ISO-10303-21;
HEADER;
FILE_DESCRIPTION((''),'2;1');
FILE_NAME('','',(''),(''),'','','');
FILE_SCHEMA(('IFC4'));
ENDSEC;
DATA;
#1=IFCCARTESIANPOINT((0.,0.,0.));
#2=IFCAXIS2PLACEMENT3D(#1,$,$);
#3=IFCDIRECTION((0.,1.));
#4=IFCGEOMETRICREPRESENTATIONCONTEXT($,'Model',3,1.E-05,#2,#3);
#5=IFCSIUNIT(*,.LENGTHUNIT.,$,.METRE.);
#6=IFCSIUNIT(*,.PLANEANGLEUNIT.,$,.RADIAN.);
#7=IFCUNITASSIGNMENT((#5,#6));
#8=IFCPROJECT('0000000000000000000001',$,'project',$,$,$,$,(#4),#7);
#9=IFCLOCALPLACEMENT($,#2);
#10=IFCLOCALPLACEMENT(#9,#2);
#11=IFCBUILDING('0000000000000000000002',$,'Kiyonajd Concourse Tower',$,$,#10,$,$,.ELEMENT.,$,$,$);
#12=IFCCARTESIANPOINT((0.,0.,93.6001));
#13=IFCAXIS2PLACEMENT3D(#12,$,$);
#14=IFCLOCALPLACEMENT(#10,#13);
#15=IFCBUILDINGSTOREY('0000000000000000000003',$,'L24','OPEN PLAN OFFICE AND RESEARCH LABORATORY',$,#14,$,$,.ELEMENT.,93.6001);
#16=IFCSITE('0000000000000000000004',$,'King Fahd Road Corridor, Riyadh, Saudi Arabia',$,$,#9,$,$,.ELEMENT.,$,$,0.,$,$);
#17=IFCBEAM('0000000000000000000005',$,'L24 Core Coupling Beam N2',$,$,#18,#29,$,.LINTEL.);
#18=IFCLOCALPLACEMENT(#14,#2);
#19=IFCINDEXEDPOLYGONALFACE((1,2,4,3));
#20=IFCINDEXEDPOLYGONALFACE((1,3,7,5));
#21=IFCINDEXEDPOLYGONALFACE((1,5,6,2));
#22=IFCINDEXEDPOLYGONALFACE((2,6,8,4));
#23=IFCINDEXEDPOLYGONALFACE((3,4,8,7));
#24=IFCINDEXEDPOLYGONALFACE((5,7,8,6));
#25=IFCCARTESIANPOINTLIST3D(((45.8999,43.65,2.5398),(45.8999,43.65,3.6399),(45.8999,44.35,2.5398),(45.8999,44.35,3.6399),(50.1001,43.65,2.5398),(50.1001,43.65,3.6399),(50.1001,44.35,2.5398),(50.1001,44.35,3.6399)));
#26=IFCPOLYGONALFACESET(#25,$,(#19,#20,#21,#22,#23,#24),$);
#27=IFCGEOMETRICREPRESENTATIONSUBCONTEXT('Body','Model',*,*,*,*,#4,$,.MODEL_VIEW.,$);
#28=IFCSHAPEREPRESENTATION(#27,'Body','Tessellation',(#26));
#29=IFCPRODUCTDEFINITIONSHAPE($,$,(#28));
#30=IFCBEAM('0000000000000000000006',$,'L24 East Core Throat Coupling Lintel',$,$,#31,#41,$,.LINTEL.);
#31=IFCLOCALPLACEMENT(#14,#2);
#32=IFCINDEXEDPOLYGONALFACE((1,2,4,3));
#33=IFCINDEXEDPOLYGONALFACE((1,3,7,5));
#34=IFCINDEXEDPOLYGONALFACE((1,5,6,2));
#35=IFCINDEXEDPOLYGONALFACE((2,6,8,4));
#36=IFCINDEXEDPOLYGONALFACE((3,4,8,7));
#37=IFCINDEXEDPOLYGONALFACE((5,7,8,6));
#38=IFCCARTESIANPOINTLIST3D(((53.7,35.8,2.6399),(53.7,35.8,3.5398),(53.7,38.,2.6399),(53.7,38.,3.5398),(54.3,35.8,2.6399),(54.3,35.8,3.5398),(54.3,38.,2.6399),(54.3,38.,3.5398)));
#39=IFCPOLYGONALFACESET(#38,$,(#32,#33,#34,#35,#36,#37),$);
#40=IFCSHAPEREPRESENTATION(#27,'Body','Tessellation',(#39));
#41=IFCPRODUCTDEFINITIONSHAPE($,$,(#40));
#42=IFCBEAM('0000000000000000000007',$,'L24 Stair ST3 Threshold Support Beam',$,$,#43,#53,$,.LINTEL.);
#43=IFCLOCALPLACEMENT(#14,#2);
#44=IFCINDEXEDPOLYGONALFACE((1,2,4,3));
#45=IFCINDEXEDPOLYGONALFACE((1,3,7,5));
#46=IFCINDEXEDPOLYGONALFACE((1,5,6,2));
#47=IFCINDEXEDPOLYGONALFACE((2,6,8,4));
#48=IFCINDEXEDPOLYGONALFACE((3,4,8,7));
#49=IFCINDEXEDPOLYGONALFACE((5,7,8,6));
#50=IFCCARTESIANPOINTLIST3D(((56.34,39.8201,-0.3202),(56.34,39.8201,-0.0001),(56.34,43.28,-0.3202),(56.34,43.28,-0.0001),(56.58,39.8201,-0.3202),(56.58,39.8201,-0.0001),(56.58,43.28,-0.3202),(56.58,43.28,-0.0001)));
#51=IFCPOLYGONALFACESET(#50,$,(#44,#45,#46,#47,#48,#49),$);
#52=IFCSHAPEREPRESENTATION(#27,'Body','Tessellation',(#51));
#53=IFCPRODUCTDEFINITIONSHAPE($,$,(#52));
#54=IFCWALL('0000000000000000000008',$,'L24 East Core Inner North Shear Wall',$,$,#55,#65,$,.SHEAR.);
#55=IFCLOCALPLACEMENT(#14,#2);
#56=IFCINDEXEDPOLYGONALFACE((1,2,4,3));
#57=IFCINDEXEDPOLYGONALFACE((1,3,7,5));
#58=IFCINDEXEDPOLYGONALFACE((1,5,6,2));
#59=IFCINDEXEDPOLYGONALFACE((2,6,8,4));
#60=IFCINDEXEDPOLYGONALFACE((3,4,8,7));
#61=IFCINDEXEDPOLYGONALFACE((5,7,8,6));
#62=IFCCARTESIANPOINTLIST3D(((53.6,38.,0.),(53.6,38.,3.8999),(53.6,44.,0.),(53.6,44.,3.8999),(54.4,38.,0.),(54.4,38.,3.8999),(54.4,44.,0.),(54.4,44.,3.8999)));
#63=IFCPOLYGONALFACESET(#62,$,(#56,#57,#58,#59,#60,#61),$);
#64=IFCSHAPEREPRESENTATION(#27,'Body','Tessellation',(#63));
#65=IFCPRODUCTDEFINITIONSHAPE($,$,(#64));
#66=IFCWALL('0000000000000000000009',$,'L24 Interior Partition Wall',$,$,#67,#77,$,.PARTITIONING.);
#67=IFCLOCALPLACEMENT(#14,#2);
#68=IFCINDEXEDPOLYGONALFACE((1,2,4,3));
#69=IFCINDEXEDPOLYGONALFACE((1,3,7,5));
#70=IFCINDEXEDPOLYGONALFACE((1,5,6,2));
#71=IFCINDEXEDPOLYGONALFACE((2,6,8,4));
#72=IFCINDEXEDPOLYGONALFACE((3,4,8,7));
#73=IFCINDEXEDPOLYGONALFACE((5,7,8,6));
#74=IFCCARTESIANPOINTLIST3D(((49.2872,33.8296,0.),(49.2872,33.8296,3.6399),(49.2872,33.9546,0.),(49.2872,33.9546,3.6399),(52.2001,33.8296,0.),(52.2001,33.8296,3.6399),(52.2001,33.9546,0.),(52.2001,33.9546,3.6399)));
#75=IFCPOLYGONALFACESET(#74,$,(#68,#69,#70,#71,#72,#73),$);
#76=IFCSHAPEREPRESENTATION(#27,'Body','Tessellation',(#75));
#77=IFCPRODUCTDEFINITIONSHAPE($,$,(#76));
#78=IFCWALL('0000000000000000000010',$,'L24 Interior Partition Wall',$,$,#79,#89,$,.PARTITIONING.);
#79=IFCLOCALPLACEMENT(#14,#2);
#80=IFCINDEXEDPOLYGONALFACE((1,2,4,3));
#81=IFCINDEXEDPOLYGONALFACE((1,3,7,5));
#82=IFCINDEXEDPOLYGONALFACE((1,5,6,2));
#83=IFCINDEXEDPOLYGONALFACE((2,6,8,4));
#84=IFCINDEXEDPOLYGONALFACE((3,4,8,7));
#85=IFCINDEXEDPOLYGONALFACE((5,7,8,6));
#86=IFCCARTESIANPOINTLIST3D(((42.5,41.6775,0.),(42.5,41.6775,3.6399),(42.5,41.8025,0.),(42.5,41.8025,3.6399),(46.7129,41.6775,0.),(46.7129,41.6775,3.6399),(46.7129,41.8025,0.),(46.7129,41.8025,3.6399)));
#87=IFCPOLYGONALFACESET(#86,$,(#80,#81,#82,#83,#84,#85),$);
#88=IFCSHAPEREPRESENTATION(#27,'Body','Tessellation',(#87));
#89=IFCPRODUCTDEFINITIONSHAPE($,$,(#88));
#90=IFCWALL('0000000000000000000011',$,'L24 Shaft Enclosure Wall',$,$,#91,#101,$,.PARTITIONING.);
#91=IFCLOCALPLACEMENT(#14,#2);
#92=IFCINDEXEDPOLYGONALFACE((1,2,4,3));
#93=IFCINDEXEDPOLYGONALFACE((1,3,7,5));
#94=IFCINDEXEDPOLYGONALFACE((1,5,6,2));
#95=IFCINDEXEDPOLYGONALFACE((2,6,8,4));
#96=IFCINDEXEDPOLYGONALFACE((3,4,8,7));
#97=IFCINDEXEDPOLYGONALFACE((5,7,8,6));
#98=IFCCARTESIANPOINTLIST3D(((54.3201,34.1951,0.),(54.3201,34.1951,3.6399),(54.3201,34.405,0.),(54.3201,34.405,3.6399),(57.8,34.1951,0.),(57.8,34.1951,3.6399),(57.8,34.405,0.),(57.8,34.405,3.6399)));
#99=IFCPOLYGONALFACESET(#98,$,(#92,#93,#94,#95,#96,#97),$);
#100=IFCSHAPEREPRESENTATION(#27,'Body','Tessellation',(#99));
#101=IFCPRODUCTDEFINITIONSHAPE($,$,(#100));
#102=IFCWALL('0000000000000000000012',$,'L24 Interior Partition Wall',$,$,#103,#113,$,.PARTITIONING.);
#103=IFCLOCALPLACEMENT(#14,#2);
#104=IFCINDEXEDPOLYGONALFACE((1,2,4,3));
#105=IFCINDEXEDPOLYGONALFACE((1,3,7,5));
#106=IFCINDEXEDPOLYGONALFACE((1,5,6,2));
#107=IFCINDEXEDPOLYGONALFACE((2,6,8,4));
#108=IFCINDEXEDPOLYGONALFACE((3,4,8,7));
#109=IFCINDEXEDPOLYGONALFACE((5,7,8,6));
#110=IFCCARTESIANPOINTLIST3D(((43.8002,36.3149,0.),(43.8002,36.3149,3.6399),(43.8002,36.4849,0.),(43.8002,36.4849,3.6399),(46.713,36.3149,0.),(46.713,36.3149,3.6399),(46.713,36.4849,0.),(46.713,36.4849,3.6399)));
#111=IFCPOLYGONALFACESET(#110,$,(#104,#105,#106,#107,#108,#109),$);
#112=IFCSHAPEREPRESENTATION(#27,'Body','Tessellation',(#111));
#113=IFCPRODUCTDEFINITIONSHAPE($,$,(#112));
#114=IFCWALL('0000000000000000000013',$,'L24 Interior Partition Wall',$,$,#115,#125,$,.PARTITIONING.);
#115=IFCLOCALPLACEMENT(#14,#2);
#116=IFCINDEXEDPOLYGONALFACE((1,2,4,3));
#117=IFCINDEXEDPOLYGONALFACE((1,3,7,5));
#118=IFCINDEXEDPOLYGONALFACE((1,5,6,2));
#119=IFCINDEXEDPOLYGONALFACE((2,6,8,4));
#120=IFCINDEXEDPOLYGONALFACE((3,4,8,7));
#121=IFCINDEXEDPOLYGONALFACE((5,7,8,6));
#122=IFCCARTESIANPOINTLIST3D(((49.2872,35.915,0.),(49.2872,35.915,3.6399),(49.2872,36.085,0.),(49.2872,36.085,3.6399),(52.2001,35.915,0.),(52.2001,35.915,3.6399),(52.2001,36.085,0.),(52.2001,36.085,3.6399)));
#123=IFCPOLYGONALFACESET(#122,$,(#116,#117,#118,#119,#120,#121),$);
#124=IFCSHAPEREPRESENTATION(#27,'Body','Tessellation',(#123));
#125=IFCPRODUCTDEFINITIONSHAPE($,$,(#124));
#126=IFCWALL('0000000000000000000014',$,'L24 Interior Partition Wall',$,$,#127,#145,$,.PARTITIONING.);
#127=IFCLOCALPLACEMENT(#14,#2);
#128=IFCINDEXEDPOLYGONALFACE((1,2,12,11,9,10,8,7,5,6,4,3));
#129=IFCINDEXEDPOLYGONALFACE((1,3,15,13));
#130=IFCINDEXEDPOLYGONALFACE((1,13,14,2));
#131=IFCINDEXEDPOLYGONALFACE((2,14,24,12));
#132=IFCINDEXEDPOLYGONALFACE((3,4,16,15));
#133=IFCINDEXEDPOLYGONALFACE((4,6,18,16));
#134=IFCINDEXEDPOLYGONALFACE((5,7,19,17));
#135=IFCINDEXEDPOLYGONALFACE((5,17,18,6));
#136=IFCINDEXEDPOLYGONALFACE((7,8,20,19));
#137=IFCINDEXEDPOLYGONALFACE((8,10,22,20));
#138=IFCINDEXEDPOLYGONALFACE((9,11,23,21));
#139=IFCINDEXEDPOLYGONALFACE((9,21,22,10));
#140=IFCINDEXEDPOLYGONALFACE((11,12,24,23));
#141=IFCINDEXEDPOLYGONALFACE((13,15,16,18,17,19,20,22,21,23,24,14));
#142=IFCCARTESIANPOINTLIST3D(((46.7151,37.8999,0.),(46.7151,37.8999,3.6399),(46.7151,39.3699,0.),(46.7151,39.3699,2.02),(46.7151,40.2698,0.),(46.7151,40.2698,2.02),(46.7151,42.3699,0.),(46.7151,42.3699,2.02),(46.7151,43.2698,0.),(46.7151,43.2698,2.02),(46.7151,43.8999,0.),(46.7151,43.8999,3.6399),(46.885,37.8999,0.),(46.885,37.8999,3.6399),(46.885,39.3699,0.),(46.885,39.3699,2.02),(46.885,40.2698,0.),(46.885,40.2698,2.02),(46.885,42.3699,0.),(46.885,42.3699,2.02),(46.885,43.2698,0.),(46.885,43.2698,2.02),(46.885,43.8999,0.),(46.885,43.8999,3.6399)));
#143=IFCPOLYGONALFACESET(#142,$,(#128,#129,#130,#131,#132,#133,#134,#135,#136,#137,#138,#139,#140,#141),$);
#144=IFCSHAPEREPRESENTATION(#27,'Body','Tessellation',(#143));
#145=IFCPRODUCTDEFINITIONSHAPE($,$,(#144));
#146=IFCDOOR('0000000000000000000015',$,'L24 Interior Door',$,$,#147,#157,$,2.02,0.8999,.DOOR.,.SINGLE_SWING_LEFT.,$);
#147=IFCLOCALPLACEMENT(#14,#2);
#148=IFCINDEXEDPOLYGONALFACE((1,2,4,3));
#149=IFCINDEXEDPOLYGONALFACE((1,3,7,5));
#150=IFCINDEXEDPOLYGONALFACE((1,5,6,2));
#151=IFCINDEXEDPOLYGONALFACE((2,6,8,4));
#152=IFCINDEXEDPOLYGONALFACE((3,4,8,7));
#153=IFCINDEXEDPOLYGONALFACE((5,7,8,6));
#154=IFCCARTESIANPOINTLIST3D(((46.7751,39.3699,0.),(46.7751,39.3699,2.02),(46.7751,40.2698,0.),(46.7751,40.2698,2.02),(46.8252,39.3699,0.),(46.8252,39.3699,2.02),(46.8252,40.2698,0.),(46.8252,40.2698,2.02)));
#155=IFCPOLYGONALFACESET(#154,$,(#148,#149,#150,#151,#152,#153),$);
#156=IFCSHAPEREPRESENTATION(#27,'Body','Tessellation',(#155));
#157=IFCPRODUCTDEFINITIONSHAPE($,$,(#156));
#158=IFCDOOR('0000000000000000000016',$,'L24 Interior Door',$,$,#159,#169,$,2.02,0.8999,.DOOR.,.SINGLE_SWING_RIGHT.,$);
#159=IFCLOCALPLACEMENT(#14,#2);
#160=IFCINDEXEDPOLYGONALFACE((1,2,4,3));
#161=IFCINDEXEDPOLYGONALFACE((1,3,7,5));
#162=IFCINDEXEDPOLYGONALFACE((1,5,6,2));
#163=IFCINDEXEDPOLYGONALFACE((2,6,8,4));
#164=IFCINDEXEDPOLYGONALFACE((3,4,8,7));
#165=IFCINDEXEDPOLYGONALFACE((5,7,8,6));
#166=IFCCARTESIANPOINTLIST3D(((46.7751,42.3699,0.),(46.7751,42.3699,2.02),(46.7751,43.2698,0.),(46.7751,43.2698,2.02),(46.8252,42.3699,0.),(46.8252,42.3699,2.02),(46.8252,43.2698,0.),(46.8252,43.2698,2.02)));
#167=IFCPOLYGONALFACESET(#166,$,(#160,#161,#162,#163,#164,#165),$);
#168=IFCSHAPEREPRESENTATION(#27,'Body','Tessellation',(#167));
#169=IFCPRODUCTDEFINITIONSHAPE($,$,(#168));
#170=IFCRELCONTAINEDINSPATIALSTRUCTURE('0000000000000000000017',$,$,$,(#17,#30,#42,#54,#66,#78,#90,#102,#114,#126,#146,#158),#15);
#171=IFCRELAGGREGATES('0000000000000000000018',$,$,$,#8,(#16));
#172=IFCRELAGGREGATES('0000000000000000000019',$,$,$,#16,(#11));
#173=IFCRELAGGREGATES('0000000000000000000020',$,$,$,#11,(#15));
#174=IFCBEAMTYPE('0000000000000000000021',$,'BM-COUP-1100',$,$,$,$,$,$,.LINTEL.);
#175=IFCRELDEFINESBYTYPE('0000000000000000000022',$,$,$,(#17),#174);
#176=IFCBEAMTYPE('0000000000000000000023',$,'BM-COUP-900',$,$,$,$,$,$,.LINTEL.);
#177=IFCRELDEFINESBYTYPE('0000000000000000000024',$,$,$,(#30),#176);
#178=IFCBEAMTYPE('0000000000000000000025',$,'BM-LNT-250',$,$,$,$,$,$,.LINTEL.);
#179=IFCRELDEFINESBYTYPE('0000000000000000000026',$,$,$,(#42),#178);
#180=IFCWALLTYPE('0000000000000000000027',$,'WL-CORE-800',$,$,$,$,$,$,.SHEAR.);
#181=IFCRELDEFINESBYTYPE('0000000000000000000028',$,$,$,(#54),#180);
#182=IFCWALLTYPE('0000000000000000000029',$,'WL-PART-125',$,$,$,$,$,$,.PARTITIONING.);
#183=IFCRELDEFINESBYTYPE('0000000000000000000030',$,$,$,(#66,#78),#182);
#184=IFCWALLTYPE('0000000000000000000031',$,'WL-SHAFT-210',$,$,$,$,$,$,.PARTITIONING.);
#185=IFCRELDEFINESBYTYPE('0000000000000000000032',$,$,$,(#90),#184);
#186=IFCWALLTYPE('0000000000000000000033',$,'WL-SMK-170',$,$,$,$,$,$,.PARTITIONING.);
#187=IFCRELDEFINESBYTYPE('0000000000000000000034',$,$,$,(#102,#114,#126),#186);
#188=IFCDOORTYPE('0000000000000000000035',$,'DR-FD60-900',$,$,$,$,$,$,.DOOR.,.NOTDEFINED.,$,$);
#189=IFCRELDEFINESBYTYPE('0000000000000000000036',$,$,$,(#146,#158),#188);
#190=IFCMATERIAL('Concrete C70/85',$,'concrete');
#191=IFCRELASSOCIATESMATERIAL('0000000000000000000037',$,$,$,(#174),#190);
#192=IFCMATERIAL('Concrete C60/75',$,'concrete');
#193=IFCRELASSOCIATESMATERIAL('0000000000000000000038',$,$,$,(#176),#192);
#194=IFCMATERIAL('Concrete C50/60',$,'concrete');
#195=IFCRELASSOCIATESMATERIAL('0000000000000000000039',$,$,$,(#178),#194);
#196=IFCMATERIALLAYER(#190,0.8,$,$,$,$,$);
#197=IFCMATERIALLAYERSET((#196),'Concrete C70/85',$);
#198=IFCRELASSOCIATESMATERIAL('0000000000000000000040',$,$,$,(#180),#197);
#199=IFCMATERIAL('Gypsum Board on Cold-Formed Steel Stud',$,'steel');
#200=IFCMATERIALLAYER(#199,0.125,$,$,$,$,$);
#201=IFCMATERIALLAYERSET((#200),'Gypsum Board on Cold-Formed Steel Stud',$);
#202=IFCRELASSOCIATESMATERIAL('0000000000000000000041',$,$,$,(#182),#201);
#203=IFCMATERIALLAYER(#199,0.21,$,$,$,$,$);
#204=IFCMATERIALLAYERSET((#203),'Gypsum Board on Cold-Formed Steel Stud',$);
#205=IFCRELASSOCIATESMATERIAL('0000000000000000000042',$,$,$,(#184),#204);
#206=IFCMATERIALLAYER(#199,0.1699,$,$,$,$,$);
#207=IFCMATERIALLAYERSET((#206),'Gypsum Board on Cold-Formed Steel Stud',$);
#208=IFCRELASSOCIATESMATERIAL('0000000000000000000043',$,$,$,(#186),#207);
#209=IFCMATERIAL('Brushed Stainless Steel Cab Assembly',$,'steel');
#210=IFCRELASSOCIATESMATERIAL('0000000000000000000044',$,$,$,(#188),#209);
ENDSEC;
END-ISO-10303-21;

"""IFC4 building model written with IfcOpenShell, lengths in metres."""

from ifc_helpers import new_model, si_unit, direction, frame, frame_2d, origin, origin_2d, place, context, subcontext, project, spatial, rectangle, extrude, material, layer, layer_set, material_profile, profile_set, type_object, element, fill, save


model = new_model("IFC4")

# Units and contexts
model_context = context("Model", 3, precision=1e-05, world=origin(), true_north=direction((0.0, 1.0)))
body_context = subcontext(model_context, "Body", "Model", "MODEL_VIEW")
ifc_project = project(units=[si_unit("LENGTHUNIT", "METRE"), si_unit("PLANEANGLEUNIT", "RADIAN")], contexts=[model_context])

# Site, building, storey
site_placement = place(None, origin())
site = spatial("IfcSite", under=ifc_project, at=site_placement, Name="King Fahd Road Corridor, Riyadh, Saudi Arabia", CompositionType="ELEMENT", RefElevation=0.0)
building_placement = place(site_placement, origin())
building = spatial("IfcBuilding", under=site, at=building_placement, Name="Kiyonajd Concourse Tower", CompositionType="ELEMENT")
storey_placement = place(building_placement, frame((0.0, 0.0, 93.6001)))
storey = spatial("IfcBuildingStorey", under=building, at=storey_placement, Name="L24", Description="OPEN PLAN OFFICE AND RESEARCH LABORATORY", CompositionType="ELEMENT", Elevation=93.6001)

# Beams
ifc_material_1 = material(Name="Concrete C70/85", Category="concrete")
ifc_material_profile_1 = material_profile(ifc_material_1, rectangle(XDim=0.7, YDim=1.1001, at=origin_2d()), Name="RCBM-700x1100")
ifc_profile_set_1 = profile_set([ifc_material_profile_1], Name="Concrete C70/85")
beam_type_1 = type_object("IfcBeamType", Name="BM-COUP-1100", PredefinedType="LINTEL", material=ifc_profile_set_1)
beam_1_placement = place(storey_placement, frame((45.8999, 44.0, 3.0898), z_axis=(1.0, 0.0, 0.0), x_axis=(0.0, 1.0, 0.0)))
element("IfcBeam", 1, at=beam_1_placement, inside=storey, type_object=beam_type_1, Name="L24 Core Coupling Beam N2", PredefinedType="LINTEL", context=body_context, shape_type="SweptSolid", body=[
    extrude(rectangle(XDim=0.7, YDim=1.1001, at=origin_2d()), origin(), (0.0, 0.0, 1.0), 4.2002),
])
ifc_material_2 = material(Name="Concrete C60/75", Category="concrete")
ifc_material_profile_2 = material_profile(ifc_material_2, rectangle(XDim=0.6001, YDim=0.8999, at=origin_2d()), Name="RCBM-600x900")
ifc_profile_set_2 = profile_set([ifc_material_profile_2], Name="Concrete C60/75")
beam_type_2 = type_object("IfcBeamType", Name="BM-COUP-900", PredefinedType="LINTEL", material=ifc_profile_set_2)
beam_2_placement = place(storey_placement, frame((54.0, 35.8, 3.0898), z_axis=(0.0, 1.0, 0.0), x_axis=(-1.0, 0.0, 0.0)))
element("IfcBeam", 2, at=beam_2_placement, inside=storey, type_object=beam_type_2, Name="L24 East Core Throat Coupling Lintel", PredefinedType="LINTEL", context=body_context, shape_type="SweptSolid", body=[
    extrude(rectangle(XDim=0.6001, YDim=0.8999, at=origin_2d()), origin(), (0.0, 0.0, 1.0), 2.2),
])
ifc_material_3 = material(Name="Concrete C50/60", Category="concrete")
ifc_material_profile_3 = material_profile(ifc_material_3, rectangle(XDim=0.24, YDim=0.3201, at=origin_2d()), Name="RCBM-240x320")
ifc_profile_set_3 = profile_set([ifc_material_profile_3], Name="Concrete C50/60")
beam_type_3 = type_object("IfcBeamType", Name="BM-LNT-250", PredefinedType="LINTEL", material=ifc_profile_set_3)
beam_3_placement = place(storey_placement, frame((56.46, 39.8201, -0.1602), z_axis=(0.0, 1.0, 0.0), x_axis=(-1.0, 0.0, 0.0)))
element("IfcBeam", 3, at=beam_3_placement, inside=storey, type_object=beam_type_3, Name="L24 Stair ST3 Threshold Support Beam", PredefinedType="LINTEL", context=body_context, shape_type="SweptSolid", body=[
    extrude(rectangle(XDim=0.24, YDim=0.3201, at=origin_2d()), origin(), (0.0, 0.0, 1.0), 3.46),
])

# Walls
ifc_layer_1 = layer(ifc_material_1, 0.8)
ifc_layer_set_1 = layer_set([ifc_layer_1], Name="Concrete C70/85")
wall_type_1 = type_object("IfcWallType", Name="WL-CORE-800", PredefinedType="SHEAR", material=ifc_layer_set_1)
wall_1_placement = place(storey_placement, frame((54.0, 38.0, 0.0), z_axis=(0.0, 0.0, 1.0), x_axis=(0.0, 1.0, 0.0)))
element("IfcWall", 4, at=wall_1_placement, inside=storey, type_object=wall_type_1, Name="L24 East Core Inner North Shear Wall", PredefinedType="SHEAR", context=body_context, shape_type="SweptSolid", body=[
    extrude(rectangle(XDim=6.0, YDim=0.8, at=frame_2d((3.0, 0.0))), origin(), (0.0, 0.0, 1.0), 3.8999),
])
ifc_material_4 = material(Name="Gypsum Board on Cold-Formed Steel Stud", Category="steel")
ifc_layer_2 = layer(ifc_material_4, 0.125)
ifc_layer_set_2 = layer_set([ifc_layer_2], Name="Gypsum Board on Cold-Formed Steel Stud")
wall_type_2 = type_object("IfcWallType", Name="WL-PART-125", PredefinedType="PARTITIONING", material=ifc_layer_set_2)
wall_2_placement = place(storey_placement, frame((49.2871, 33.8921, 0.0), z_axis=(0.0, 0.0, 1.0), x_axis=(1.0, 0.0, 0.0)))
element("IfcWall", 5, at=wall_2_placement, inside=storey, type_object=wall_type_2, Name="L24 Interior Partition Wall", PredefinedType="PARTITIONING", context=body_context, shape_type="SweptSolid", body=[
    extrude(rectangle(XDim=2.9128, YDim=0.125, at=frame_2d((1.4565, 0.0))), origin(), (0.0, 0.0, 1.0), 3.6399),
])
wall_3_placement = place(storey_placement, frame((42.5, 41.74, 0.0), z_axis=(0.0, 0.0, 1.0), x_axis=(1.0, 0.0, 0.0)))
element("IfcWall", 6, at=wall_3_placement, inside=storey, type_object=wall_type_2, Name="L24 Interior Partition Wall", PredefinedType="PARTITIONING", context=body_context, shape_type="SweptSolid", body=[
    extrude(rectangle(XDim=4.2129, YDim=0.125, at=frame_2d((2.1064, 0.0))), origin(), (0.0, 0.0, 1.0), 3.6399),
])
ifc_layer_3 = layer(ifc_material_4, 0.21)
ifc_layer_set_3 = layer_set([ifc_layer_3], Name="Gypsum Board on Cold-Formed Steel Stud")
wall_type_3 = type_object("IfcWallType", Name="WL-SHAFT-210", PredefinedType="PARTITIONING", material=ifc_layer_set_3)
wall_4_placement = place(storey_placement, frame((54.3201, 34.3, 0.0), z_axis=(0.0, 0.0, 1.0), x_axis=(1.0, 0.0, 0.0)))
element("IfcWall", 7, at=wall_4_placement, inside=storey, type_object=wall_type_3, Name="L24 Shaft Enclosure Wall", PredefinedType="PARTITIONING", context=body_context, shape_type="SweptSolid", body=[
    extrude(rectangle(XDim=3.48, YDim=0.21, at=frame_2d((1.74, 0.0))), origin(), (0.0, 0.0, 1.0), 3.6399),
])
ifc_layer_4 = layer(ifc_material_4, 0.1699)
ifc_layer_set_4 = layer_set([ifc_layer_4], Name="Gypsum Board on Cold-Formed Steel Stud")
wall_type_4 = type_object("IfcWallType", Name="WL-SMK-170", PredefinedType="PARTITIONING", material=ifc_layer_set_4)
for number, where, z_axis, x_axis, name in (
    (8, (43.8, 36.3999, 0.0), (0.0, 0.0, 1.0), (1.0, 0.0, 0.0), "L24 Interior Partition Wall"),
    (9, (49.2871, 36.0, 0.0), (0.0, 0.0, 1.0), (1.0, 0.0, 0.0), "L24 Interior Partition Wall"),
):
    element("IfcWall", number, at=place(storey_placement, frame(where, z_axis=z_axis, x_axis=x_axis)), inside=storey, type_object=wall_type_4, Name=name, PredefinedType="PARTITIONING", context=body_context, shape_type="SweptSolid", body=[
        extrude(rectangle(XDim=2.9128, YDim=0.1699, at=frame_2d((1.4565, 0.0))), origin(), (0.0, 0.0, 1.0), 3.6399),
    ])

# Wall, openings, doors
wall_5_placement = place(storey_placement, frame((46.8, 37.8999, 0.0), z_axis=(0.0, 0.0, 1.0), x_axis=(0.0, 1.0, 0.0)))
wall_5 = element("IfcWall", 10, at=wall_5_placement, inside=storey, type_object=wall_type_4, Name="L24 Interior Partition Wall", PredefinedType="PARTITIONING", context=body_context, shape_type="SweptSolid", body=[
    extrude(rectangle(XDim=6.0, YDim=0.1699, at=frame_2d((3.0, 0.0))), origin(), (0.0, 0.0, 1.0), 3.6399),
])
opening_1_placement = place(wall_5_placement, frame((1.47, 0.0, 0.0)))
opening_1 = element("IfcOpeningElement", 11, at=opening_1_placement, cuts=wall_5, PredefinedType="OPENING", context=body_context, shape_type="SweptSolid", body=[
    extrude(rectangle(XDim=0.8999, YDim=2.02, at=frame_2d((0.45, 1.01))), frame((0.0, 0.095, 0.0), z_axis=(0.0, -1.0, 0.0), x_axis=(1.0, 0.0, 0.0)), (0.0, 0.0, 1.0), 0.1899),
])
opening_2_placement = place(wall_5_placement, frame((4.47, 0.0, 0.0)))
opening_2 = element("IfcOpeningElement", 12, at=opening_2_placement, cuts=wall_5, PredefinedType="OPENING", context=body_context, shape_type="SweptSolid", body=[
    extrude(rectangle(XDim=0.8999, YDim=2.02, at=frame_2d((0.45, 1.01))), frame((0.0, 0.095, 0.0), z_axis=(0.0, -1.0, 0.0), x_axis=(1.0, 0.0, 0.0)), (0.0, 0.0, 1.0), 0.1899),
])
ifc_material_5 = material(Name="Brushed Stainless Steel Cab Assembly", Category="steel")
door_type_1 = type_object("IfcDoorType", Name="DR-FD60-900", OperationType="NOTDEFINED", PredefinedType="DOOR", material=ifc_material_5)
door_1_placement = place(opening_1_placement, origin())
door_1 = element("IfcDoor", 13, at=door_1_placement, inside=storey, type_object=door_type_1, Name="L24 Interior Door", OperationType="SINGLE_SWING_LEFT", OverallHeight=2.02, OverallWidth=0.8999, PredefinedType="DOOR", context=body_context, shape_type="SweptSolid", body=[
    extrude(rectangle(XDim=0.8999, YDim=2.02, at=frame_2d((0.45, 1.01))), frame((0.0, 0.0249, 0.0), z_axis=(0.0, -1.0, 0.0), x_axis=(1.0, 0.0, 0.0)), (0.0, 0.0, 1.0), 0.05),
])
fill(opening_1, door_1)
door_2_placement = place(opening_2_placement, origin())
door_2 = element("IfcDoor", 14, at=door_2_placement, inside=storey, type_object=door_type_1, Name="L24 Interior Door", OperationType="SINGLE_SWING_RIGHT", OverallHeight=2.02, OverallWidth=0.8999, PredefinedType="DOOR", context=body_context, shape_type="SweptSolid", body=[
    extrude(rectangle(XDim=0.8999, YDim=2.02, at=frame_2d((0.45, 1.01))), frame((0.0, 0.0249, 0.0), z_axis=(0.0, -1.0, 0.0), x_axis=(1.0, 0.0, 0.0)), (0.0, 0.0, 1.0), 0.05),
])
fill(opening_2, door_2)

save(model, "model.ifc")
